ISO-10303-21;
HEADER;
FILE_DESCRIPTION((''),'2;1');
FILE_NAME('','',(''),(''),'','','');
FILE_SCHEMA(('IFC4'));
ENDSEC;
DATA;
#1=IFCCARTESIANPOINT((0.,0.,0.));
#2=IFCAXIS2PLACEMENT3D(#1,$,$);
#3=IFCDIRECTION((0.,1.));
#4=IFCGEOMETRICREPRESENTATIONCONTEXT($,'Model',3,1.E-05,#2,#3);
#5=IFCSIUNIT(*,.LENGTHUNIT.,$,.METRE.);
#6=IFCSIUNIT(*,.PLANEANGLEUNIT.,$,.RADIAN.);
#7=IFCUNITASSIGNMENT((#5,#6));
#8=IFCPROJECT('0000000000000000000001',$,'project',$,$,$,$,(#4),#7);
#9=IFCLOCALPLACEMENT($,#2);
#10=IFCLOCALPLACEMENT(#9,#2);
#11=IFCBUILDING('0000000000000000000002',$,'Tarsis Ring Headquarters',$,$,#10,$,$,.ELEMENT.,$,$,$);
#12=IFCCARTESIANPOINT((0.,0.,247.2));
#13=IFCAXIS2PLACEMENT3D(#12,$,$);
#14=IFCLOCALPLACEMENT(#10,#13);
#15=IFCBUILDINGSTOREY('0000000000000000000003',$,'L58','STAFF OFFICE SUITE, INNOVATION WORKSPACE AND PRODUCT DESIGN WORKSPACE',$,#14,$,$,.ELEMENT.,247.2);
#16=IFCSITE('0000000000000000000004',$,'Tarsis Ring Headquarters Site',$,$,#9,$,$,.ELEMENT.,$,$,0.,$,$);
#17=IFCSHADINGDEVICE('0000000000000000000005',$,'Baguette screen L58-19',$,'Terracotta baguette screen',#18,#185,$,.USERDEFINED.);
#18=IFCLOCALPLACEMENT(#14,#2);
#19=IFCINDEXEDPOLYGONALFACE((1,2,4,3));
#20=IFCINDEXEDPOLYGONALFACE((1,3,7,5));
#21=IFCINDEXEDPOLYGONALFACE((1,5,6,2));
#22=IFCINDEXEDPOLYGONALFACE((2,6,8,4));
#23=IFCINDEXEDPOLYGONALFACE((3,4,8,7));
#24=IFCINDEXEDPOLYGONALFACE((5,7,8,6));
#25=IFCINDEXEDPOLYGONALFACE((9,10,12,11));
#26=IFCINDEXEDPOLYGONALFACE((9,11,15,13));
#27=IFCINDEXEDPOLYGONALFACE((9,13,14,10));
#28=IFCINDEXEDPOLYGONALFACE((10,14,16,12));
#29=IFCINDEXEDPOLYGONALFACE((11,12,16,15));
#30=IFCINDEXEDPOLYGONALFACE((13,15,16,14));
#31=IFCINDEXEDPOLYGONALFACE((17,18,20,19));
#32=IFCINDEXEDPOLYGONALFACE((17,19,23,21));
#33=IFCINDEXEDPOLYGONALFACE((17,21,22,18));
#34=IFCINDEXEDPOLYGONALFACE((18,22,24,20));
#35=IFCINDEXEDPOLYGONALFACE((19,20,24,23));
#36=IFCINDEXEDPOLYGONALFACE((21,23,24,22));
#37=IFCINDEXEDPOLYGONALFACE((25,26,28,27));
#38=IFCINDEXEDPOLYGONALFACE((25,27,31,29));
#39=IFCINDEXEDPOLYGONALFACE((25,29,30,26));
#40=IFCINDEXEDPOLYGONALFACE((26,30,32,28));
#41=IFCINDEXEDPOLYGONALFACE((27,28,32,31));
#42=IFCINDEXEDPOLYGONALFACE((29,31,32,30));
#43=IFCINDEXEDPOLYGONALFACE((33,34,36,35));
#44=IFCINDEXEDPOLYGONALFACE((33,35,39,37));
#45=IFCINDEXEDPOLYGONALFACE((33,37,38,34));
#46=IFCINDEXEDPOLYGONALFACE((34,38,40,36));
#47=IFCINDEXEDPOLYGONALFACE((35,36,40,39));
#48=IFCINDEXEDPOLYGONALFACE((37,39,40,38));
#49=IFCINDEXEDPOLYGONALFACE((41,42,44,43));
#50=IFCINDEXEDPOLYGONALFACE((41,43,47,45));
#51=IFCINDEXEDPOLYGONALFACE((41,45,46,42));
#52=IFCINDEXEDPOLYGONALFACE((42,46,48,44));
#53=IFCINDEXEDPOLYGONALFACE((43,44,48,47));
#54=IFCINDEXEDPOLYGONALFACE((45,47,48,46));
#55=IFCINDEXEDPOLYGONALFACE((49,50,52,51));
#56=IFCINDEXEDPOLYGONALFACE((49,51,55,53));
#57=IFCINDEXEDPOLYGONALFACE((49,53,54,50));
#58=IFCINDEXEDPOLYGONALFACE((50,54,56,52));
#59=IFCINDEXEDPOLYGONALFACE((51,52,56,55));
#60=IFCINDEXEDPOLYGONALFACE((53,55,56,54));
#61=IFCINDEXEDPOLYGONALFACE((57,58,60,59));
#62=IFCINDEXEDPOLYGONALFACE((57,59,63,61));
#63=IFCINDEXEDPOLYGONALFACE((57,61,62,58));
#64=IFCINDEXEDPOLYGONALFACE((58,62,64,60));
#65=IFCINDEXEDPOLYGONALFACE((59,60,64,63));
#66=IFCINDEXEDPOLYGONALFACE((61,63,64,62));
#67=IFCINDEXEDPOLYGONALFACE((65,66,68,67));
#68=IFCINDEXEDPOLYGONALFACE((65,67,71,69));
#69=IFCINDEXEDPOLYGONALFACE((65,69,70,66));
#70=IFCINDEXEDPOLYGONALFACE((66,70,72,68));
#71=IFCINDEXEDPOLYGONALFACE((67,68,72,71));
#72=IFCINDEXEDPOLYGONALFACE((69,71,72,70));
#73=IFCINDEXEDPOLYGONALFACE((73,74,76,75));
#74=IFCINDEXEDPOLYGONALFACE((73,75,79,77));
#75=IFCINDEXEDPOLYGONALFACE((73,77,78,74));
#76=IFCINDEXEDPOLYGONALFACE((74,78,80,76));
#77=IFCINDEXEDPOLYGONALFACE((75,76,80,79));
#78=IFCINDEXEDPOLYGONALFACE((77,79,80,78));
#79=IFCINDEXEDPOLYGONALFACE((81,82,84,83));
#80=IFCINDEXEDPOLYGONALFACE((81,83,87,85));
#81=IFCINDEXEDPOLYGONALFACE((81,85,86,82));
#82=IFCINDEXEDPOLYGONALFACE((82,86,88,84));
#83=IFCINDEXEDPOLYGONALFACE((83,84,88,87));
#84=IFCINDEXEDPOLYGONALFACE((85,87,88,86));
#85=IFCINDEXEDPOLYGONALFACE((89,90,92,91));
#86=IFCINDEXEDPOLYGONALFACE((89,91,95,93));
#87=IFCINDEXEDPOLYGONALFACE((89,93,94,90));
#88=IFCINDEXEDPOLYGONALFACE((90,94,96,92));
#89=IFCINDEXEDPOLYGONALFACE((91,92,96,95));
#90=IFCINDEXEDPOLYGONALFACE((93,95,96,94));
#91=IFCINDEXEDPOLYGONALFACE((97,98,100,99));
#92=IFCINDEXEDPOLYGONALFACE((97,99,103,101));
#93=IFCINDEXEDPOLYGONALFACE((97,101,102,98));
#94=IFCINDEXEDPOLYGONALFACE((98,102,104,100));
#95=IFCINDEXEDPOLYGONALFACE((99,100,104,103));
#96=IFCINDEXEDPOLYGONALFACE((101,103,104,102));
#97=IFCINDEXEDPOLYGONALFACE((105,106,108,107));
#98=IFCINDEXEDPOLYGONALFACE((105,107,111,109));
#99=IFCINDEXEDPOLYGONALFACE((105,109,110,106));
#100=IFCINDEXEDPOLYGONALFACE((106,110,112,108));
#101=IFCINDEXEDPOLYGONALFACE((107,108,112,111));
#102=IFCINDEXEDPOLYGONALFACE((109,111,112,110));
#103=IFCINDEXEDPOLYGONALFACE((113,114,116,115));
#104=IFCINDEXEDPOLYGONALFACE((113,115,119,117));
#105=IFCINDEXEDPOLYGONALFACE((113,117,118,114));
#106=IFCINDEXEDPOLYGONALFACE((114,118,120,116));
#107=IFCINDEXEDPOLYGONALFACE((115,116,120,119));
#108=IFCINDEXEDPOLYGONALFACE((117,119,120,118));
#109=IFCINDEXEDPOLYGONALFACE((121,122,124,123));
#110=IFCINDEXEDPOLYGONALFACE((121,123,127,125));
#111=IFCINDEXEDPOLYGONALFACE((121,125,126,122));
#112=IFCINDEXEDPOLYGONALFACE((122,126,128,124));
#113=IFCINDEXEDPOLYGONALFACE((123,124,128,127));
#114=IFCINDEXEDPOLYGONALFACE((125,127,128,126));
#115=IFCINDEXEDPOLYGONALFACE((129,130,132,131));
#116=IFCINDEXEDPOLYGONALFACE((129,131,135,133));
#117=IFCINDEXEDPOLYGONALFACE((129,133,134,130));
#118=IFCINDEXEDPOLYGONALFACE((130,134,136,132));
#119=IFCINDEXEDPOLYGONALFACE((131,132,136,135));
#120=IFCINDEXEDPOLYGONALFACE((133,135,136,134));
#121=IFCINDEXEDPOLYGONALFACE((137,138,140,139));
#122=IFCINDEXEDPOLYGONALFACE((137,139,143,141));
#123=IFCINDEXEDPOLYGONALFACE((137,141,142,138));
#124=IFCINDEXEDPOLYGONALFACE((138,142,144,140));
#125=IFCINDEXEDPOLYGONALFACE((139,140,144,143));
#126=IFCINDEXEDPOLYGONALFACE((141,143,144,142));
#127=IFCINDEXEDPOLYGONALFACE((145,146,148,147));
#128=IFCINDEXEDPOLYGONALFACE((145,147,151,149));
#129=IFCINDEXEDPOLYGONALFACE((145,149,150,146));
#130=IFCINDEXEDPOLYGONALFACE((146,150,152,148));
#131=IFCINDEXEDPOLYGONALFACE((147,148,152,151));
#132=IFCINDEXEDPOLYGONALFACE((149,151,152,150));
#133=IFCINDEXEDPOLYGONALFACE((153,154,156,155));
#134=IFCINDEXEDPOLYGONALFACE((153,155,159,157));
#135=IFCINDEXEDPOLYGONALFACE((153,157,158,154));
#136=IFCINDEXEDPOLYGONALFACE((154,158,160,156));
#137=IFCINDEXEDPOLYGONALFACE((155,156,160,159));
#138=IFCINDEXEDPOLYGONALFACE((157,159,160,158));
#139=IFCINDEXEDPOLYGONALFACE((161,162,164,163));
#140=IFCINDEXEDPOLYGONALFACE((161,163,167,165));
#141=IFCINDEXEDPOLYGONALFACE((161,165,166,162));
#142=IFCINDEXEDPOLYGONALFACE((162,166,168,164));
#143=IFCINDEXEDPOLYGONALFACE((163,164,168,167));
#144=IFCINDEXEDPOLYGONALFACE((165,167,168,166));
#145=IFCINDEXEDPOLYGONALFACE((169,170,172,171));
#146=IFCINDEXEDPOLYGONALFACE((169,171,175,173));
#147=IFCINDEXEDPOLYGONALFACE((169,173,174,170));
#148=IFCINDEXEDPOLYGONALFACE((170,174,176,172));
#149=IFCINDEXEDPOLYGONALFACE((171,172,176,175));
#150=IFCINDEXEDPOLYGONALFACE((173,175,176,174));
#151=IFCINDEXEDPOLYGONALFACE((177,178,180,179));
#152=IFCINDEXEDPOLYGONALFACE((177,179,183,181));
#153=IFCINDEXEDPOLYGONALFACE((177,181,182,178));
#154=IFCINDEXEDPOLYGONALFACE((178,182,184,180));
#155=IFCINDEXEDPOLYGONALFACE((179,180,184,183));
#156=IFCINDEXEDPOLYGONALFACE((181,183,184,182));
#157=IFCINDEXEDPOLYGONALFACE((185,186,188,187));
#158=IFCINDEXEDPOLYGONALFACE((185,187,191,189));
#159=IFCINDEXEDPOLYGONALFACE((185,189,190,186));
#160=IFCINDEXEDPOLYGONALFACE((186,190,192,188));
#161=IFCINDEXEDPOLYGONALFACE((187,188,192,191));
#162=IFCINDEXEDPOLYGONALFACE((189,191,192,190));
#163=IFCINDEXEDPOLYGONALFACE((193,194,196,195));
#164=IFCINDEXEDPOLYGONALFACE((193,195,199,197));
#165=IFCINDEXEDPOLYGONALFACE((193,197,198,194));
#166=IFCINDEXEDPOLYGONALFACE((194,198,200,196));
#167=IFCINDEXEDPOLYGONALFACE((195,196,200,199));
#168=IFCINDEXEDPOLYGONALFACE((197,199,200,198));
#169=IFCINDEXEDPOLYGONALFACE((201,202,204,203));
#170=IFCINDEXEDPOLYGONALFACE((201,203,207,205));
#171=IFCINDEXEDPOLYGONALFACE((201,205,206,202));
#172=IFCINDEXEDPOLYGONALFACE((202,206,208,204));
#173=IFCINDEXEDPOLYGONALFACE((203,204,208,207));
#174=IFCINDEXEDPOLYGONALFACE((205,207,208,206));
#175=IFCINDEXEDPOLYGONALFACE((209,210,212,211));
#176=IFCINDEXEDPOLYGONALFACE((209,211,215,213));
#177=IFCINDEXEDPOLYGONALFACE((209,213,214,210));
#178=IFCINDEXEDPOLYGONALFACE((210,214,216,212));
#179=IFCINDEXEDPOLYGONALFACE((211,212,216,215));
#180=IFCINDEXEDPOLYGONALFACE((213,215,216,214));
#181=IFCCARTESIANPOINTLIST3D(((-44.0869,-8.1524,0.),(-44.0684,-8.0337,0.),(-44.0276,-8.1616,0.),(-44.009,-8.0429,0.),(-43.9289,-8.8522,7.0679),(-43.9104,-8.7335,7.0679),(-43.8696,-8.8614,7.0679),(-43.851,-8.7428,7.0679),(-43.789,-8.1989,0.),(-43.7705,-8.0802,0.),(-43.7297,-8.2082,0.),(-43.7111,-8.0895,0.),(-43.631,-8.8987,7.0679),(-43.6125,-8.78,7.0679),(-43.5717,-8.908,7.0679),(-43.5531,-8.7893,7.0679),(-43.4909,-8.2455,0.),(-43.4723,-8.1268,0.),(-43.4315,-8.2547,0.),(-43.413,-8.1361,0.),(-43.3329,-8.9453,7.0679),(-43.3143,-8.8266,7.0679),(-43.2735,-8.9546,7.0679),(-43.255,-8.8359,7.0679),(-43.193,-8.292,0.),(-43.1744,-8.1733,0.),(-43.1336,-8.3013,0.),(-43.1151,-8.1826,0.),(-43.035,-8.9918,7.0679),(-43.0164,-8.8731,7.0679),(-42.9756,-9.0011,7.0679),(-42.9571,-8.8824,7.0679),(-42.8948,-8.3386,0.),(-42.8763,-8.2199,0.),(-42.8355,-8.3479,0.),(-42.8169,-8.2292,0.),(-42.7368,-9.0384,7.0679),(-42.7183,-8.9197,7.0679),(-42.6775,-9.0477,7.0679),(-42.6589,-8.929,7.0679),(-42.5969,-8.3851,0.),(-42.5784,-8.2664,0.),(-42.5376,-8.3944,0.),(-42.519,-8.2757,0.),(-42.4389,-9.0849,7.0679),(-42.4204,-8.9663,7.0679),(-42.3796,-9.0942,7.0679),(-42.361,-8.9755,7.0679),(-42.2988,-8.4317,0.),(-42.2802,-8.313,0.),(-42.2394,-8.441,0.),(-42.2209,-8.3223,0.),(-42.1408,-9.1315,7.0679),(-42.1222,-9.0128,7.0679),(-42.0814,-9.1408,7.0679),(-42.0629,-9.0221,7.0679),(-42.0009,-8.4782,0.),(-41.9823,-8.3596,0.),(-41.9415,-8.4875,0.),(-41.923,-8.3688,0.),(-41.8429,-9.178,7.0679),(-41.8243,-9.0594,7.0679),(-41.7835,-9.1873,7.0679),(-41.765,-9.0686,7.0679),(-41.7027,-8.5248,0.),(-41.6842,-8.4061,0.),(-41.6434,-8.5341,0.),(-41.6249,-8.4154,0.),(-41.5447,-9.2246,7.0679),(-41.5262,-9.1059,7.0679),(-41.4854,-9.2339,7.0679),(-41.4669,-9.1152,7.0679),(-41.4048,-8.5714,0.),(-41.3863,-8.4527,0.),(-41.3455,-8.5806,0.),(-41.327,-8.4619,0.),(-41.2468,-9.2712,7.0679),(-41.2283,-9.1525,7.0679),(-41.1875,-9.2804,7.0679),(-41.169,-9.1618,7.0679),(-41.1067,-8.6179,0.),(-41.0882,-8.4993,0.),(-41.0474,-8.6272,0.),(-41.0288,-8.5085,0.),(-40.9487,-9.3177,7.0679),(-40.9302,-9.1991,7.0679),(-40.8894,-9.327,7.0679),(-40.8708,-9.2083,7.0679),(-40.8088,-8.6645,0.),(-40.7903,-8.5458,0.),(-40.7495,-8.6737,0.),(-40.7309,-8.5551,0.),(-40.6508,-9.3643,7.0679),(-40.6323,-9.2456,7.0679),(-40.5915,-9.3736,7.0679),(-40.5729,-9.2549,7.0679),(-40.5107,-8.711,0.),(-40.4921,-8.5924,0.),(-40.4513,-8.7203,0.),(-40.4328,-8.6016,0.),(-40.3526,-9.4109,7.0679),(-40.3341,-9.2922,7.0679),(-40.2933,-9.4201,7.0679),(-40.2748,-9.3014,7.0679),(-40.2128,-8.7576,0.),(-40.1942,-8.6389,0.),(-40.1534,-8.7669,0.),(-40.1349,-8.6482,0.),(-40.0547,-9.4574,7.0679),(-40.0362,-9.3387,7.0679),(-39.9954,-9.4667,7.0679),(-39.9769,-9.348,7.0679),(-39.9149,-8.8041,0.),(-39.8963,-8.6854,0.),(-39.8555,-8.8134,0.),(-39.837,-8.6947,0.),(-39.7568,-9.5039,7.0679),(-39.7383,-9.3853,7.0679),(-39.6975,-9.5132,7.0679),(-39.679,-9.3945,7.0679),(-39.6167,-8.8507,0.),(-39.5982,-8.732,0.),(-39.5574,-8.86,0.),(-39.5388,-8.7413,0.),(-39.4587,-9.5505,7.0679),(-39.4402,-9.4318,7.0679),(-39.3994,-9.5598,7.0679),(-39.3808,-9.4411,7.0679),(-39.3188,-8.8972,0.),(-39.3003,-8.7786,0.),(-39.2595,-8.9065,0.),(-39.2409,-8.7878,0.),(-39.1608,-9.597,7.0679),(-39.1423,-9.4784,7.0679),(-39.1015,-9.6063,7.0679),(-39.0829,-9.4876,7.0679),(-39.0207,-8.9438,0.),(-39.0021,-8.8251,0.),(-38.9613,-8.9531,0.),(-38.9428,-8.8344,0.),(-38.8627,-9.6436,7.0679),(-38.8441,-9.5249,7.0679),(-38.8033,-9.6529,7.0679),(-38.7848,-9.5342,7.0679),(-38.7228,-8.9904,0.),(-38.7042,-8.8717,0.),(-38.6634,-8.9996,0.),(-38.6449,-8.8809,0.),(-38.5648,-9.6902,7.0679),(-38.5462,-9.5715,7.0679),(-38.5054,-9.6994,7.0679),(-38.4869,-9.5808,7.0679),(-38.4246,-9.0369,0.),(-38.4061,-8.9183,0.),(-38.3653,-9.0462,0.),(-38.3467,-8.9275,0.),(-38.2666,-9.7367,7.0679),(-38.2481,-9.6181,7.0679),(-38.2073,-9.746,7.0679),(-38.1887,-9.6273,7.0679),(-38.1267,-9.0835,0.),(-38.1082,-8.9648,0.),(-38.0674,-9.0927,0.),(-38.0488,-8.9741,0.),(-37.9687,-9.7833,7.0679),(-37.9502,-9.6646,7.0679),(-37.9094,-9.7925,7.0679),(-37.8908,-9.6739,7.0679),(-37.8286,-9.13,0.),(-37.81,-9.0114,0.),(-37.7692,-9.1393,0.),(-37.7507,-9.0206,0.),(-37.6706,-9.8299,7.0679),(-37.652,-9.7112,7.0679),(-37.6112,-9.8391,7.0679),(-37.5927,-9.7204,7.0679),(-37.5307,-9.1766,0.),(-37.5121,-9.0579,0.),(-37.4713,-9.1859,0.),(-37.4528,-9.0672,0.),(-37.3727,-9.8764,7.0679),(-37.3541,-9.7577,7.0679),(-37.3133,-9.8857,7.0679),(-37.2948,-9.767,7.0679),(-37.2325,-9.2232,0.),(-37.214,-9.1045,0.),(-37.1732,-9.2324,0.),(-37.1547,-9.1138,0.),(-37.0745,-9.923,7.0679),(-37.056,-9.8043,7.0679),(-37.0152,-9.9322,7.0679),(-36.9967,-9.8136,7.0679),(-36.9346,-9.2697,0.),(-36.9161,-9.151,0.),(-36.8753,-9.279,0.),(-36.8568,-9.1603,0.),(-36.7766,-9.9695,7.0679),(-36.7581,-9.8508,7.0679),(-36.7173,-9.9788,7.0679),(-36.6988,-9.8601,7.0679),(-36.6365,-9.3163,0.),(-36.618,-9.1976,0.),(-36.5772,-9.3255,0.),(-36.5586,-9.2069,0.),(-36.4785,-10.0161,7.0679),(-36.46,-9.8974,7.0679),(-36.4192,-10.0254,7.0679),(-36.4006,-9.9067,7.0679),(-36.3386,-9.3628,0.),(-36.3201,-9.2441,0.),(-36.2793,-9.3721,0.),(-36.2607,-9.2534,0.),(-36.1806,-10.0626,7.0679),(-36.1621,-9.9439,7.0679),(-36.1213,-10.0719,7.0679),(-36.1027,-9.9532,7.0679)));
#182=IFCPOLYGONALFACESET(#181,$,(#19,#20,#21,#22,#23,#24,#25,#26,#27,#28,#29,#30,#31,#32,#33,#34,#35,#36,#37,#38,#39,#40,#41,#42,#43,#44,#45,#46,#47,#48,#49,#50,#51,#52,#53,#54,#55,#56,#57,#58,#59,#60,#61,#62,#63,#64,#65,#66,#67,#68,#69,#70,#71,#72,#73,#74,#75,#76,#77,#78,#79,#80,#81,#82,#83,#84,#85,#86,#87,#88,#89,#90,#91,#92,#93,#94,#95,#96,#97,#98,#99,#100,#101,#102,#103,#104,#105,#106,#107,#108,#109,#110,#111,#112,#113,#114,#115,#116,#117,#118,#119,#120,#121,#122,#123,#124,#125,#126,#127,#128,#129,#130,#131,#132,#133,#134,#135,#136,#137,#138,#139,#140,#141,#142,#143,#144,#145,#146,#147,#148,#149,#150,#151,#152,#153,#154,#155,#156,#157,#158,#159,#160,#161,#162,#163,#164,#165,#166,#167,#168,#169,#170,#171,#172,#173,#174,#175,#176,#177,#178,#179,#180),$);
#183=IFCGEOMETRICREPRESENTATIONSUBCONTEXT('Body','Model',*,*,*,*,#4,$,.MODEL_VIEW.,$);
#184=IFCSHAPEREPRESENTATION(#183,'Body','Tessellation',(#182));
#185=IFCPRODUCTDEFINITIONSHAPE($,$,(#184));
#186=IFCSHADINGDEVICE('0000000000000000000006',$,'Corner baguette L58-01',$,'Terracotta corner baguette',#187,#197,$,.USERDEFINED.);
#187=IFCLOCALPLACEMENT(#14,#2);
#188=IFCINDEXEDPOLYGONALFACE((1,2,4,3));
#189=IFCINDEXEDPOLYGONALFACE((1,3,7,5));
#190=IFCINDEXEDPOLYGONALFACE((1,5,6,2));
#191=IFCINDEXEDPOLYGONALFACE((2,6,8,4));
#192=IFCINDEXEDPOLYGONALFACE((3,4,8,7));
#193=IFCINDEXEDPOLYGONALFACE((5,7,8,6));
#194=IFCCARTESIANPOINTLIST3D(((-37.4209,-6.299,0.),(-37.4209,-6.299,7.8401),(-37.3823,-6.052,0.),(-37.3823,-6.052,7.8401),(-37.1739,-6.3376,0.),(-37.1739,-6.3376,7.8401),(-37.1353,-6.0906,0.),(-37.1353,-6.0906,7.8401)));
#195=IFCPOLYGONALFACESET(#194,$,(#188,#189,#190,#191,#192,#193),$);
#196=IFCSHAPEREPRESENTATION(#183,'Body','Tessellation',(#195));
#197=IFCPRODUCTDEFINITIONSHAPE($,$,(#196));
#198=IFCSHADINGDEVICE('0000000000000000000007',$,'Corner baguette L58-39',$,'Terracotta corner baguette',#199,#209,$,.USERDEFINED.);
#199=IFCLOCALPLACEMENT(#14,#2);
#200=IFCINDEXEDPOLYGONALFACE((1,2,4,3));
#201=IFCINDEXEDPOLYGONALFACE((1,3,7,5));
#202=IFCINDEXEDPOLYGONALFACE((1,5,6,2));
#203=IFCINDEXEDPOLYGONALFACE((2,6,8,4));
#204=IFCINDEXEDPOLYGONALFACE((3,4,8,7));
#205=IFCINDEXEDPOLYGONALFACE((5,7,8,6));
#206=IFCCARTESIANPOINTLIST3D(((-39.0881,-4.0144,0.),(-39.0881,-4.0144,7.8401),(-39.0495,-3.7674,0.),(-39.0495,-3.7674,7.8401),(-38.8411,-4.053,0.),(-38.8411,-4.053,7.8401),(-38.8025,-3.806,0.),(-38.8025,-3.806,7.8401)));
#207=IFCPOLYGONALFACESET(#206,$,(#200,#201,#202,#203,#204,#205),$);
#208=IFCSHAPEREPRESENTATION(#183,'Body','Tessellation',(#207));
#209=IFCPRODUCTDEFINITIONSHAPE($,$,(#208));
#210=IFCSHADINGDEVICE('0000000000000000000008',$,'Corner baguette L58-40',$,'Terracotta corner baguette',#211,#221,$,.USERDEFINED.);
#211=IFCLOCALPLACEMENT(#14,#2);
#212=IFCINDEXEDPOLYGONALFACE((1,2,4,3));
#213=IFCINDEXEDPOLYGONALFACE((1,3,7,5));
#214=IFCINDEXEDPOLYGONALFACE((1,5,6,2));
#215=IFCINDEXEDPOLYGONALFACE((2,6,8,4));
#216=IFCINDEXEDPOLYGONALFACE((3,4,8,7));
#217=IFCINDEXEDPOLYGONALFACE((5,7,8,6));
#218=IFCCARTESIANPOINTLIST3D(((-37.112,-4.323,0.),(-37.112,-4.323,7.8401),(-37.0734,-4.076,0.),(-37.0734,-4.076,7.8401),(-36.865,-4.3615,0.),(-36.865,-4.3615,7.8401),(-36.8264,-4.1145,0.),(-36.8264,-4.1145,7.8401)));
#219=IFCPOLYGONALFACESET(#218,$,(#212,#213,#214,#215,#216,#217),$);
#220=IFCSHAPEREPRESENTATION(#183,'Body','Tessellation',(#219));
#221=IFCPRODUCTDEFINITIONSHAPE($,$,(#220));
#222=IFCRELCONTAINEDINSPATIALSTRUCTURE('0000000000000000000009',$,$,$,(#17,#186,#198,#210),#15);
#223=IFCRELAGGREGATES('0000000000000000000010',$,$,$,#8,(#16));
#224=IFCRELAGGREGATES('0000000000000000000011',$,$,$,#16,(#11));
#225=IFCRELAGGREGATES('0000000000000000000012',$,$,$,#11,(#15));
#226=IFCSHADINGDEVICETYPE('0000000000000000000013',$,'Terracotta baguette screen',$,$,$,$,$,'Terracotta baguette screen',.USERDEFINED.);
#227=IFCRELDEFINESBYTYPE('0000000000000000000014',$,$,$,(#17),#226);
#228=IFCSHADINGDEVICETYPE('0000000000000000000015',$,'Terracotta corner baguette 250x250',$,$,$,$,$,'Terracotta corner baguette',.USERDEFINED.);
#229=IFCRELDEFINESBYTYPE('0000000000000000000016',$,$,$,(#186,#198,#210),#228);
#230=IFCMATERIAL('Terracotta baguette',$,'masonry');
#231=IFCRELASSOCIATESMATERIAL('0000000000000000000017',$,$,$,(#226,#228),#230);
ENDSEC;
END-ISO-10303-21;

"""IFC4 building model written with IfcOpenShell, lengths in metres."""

from ifc_helpers import new_model, si_unit, direction, frame, frame_2d, origin, origin_2d, place, context, subcontext, project, spatial, rectangle, composite_profile, extrude, material, type_object, element, save


model = new_model("IFC4")

# Units and contexts
model_context = context("Model", 3, precision=1e-05, world=origin(), true_north=direction((0.0, 1.0)))
body_context = subcontext(model_context, "Body", "Model", "MODEL_VIEW")
ifc_project = project(units=[si_unit("LENGTHUNIT", "METRE"), si_unit("PLANEANGLEUNIT", "RADIAN")], contexts=[model_context])

# Site, building, storey
site_placement = place(None, origin())
site = spatial("IfcSite", under=ifc_project, at=site_placement, Name="Tarsis Ring Headquarters Site", CompositionType="ELEMENT", RefElevation=0.0)
building_placement = place(site_placement, origin())
building = spatial("IfcBuilding", under=site, at=building_placement, Name="Tarsis Ring Headquarters", CompositionType="ELEMENT")
storey_placement = place(building_placement, frame((0.0, 0.0, 247.2)))
storey = spatial("IfcBuildingStorey", under=building, at=storey_placement, Name="L58", Description="STAFF OFFICE SUITE, INNOVATION WORKSPACE AND PRODUCT DESIGN WORKSPACE", CompositionType="ELEMENT", Elevation=247.2)

# Shading devices
ifc_material_1 = material(Name="Terracotta baguette", Category="masonry")
shading_device_type_1 = type_object("IfcShadingDeviceType", Name="Terracotta baguette screen", ElementType="Terracotta baguette screen", PredefinedType="USERDEFINED", material=ifc_material_1)
shading_device_placement = place(storey_placement, frame((-44.0776, -8.093, 0.0), z_axis=(0.0, 0.0, 1.0), x_axis=(0.988013, -0.15435, 0.0)))
element("IfcShadingDevice", 1, at=shading_device_placement, inside=storey, type_object=shading_device_type_1, Name="Baguette screen L58-19", ObjectType="Terracotta baguette screen", PredefinedType="USERDEFINED", context=body_context, shape_type="SweptSolid", body=[
    extrude(composite_profile([rectangle(XDim=0.0601, YDim=0.1201, at=frame_2d((0.03, 0.0))), rectangle(XDim=0.0601, YDim=0.1201, at=frame_2d((0.3315, 0.0))), rectangle(XDim=0.0601, YDim=0.1201, at=frame_2d((0.6333, 0.0))), rectangle(XDim=0.0601, YDim=0.1201, at=frame_2d((0.9348, 0.0))), rectangle(XDim=0.0601, YDim=0.1201, at=frame_2d((1.2366, 0.0))), rectangle(XDim=0.0601, YDim=0.1201, at=frame_2d((1.5381, 0.0))), rectangle(XDim=0.0601, YDim=0.1201, at=frame_2d((1.8398, 0.0))), rectangle(XDim=0.0601, YDim=0.1201, at=frame_2d((2.1414, 0.0))), rectangle(XDim=0.0601, YDim=0.1201, at=frame_2d((2.4431, 0.0))), rectangle(XDim=0.0601, YDim=0.1201, at=frame_2d((2.7446, 0.0))), rectangle(XDim=0.0601, YDim=0.1201, at=frame_2d((3.0464, 0.0))), rectangle(XDim=0.0601, YDim=0.1201, at=frame_2d((3.3479, 0.0))), rectangle(XDim=0.0601, YDim=0.1201, at=frame_2d((3.6497, 0.0))), rectangle(XDim=0.0601, YDim=0.1201, at=frame_2d((3.9512, 0.0))), rectangle(XDim=0.0601, YDim=0.1201, at=frame_2d((4.2527, 0.0))), rectangle(XDim=0.0601, YDim=0.1201, at=frame_2d((4.5544, 0.0))), rectangle(XDim=0.0601, YDim=0.1201, at=frame_2d((4.856, 0.0))), rectangle(XDim=0.0601, YDim=0.1201, at=frame_2d((5.1577, 0.0))), rectangle(XDim=0.0601, YDim=0.1201, at=frame_2d((5.4592, 0.0))), rectangle(XDim=0.0601, YDim=0.1201, at=frame_2d((5.761, 0.0))), rectangle(XDim=0.0601, YDim=0.1201, at=frame_2d((6.0625, 0.0))), rectangle(XDim=0.0601, YDim=0.1201, at=frame_2d((6.3643, 0.0))), rectangle(XDim=0.0601, YDim=0.1201, at=frame_2d((6.6658, 0.0))), rectangle(XDim=0.0601, YDim=0.1201, at=frame_2d((6.9675, 0.0))), rectangle(XDim=0.0601, YDim=0.1201, at=frame_2d((7.269, 0.0))), rectangle(XDim=0.0601, YDim=0.1201, at=frame_2d((7.5708, 0.0))), rectangle(XDim=0.0601, YDim=0.1201, at=frame_2d((7.8723, 0.0)))]), origin(), (0.037179, -0.093892, 0.994888), 7.1042),
])
shading_device_type_2 = type_object("IfcShadingDeviceType", Name="Terracotta corner baguette 250x250", ElementType="Terracotta corner baguette", PredefinedType="USERDEFINED", material=ifc_material_1)
for number, where, z_axis, x_axis, name in (
    (2, (-37.2781, -6.1948, 0.0), (0.0, 0.0, 1.0), (-0.154366, -0.988014, 0.0), "Corner baguette L58-01"),
    (3, (-38.9453, -3.9102, 0.0), (0.0, 0.0, 1.0), (-0.154365, -0.988014, 0.0), "Corner baguette L58-39"),
    (4, (-36.9692, -4.2188, 0.0), (0.0, 0.0, 1.0), (0.988014, -0.154365, 0.0), "Corner baguette L58-40"),
):
    element("IfcShadingDevice", number, at=place(storey_placement, frame(where, z_axis=z_axis, x_axis=x_axis)), inside=storey, type_object=shading_device_type_2, Name=name, ObjectType="Terracotta corner baguette", PredefinedType="USERDEFINED", context=body_context, shape_type="SweptSolid", body=[
        extrude(rectangle(XDim=0.25, YDim=0.25, at=origin_2d()), origin(), (0.0, 0.0, 1.0), 7.8401),
    ])

save(model, "model.ifc")
